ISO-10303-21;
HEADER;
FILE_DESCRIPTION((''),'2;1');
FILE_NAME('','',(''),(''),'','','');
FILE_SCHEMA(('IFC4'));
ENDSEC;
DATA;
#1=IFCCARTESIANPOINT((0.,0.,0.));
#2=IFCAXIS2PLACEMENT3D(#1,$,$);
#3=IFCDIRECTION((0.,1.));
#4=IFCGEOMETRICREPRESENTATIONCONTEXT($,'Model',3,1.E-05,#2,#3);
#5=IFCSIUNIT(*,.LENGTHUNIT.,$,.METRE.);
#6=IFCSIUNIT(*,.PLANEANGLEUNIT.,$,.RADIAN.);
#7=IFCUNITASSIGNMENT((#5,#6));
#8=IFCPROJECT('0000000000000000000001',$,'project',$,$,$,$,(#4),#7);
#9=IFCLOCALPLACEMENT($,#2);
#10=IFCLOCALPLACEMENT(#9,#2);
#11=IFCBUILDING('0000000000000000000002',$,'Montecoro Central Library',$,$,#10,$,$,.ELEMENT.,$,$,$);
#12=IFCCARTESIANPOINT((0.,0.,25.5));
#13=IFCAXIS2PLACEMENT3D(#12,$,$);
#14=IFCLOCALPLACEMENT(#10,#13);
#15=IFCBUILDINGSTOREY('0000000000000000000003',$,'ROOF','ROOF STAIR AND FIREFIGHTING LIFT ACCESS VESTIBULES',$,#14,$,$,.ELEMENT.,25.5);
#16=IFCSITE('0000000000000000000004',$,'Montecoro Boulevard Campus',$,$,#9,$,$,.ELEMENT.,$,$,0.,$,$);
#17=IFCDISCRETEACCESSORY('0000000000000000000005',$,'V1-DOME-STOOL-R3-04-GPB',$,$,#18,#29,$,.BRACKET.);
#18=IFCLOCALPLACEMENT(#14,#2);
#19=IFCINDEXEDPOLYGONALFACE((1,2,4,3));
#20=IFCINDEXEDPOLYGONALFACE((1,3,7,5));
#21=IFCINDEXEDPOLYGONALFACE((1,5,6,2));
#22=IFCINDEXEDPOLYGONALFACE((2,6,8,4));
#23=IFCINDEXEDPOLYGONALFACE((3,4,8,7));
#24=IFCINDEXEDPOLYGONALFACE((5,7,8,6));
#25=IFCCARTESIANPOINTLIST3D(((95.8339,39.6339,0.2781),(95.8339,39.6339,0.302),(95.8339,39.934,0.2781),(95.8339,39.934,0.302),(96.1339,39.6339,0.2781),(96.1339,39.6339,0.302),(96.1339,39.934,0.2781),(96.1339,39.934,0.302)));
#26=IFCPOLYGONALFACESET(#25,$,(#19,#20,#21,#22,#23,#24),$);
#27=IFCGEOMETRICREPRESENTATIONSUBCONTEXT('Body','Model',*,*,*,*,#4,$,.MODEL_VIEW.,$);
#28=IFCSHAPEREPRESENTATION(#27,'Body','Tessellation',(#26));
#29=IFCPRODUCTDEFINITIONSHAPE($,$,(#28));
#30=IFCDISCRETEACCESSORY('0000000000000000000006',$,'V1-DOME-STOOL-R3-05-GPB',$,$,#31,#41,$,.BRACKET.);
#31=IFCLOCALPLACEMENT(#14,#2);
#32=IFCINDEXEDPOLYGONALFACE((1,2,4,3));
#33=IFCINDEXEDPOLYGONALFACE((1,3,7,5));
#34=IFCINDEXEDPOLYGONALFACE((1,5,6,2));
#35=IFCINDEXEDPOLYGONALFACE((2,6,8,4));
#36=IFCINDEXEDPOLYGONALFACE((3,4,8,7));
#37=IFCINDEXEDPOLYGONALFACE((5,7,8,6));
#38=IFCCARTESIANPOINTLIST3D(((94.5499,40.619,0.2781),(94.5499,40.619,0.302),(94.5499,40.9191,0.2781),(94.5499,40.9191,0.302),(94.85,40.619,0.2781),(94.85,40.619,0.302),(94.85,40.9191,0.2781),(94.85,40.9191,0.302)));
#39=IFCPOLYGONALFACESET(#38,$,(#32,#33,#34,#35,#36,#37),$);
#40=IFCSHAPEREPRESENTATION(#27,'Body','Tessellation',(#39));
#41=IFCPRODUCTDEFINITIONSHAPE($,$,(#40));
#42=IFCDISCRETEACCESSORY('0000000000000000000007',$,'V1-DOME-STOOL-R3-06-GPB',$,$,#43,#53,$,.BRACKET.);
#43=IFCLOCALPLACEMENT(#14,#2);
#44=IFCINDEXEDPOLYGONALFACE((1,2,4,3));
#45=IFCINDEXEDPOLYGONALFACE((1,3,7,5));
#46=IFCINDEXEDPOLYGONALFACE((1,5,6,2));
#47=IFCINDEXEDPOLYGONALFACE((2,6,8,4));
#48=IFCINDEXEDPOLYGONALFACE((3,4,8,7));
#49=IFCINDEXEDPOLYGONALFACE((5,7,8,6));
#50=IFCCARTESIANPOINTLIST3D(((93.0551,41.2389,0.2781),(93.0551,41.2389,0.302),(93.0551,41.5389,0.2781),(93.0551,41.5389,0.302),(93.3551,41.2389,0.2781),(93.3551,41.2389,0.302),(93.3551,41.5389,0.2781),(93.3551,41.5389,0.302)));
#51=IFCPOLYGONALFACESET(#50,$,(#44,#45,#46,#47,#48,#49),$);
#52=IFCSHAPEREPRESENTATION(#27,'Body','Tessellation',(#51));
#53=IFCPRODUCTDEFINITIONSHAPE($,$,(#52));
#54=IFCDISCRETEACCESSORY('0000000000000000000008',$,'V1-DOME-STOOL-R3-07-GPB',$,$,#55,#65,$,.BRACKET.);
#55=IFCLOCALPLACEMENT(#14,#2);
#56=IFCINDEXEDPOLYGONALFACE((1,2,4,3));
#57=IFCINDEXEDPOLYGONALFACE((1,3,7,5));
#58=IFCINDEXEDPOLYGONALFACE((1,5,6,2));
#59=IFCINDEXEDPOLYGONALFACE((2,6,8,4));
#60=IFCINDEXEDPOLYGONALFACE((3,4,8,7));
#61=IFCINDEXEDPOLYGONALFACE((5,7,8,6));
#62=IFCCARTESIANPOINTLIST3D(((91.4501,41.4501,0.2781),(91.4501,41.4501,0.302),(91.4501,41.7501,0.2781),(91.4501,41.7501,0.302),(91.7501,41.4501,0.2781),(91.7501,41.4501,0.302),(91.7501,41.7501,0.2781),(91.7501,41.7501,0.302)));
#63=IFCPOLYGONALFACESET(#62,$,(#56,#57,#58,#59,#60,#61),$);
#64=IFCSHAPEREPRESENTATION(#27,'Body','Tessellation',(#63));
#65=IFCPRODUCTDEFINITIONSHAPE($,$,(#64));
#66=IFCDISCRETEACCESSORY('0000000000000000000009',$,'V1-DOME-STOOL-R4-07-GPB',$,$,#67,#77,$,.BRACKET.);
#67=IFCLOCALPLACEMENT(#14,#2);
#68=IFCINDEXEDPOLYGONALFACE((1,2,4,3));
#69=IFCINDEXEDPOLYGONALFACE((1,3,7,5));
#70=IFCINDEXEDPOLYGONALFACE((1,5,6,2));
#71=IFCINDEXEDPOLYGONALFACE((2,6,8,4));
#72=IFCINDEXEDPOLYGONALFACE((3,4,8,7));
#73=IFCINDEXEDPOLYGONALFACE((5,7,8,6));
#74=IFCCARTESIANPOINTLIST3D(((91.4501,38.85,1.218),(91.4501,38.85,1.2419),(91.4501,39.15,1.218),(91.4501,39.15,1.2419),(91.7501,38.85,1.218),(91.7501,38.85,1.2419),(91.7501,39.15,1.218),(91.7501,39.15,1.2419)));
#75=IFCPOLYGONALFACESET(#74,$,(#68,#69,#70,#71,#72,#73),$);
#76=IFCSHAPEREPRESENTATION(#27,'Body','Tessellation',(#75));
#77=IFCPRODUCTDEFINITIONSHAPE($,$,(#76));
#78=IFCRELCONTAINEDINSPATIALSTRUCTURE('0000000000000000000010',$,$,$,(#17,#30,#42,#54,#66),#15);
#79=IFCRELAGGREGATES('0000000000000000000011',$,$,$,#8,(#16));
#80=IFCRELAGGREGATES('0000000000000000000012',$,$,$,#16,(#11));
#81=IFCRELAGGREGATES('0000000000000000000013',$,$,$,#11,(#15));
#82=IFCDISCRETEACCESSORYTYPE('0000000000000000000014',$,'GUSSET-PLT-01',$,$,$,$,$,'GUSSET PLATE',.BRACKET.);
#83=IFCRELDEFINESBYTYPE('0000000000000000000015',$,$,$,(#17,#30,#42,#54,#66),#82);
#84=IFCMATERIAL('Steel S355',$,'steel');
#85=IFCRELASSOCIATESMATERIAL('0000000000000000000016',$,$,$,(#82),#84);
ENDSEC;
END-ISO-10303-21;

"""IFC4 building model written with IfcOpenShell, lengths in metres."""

from ifc_helpers import new_model, si_unit, direction, frame, origin, origin_2d, place, context, subcontext, project, spatial, rectangle, extrude, material, type_object, element, save


model = new_model("IFC4")

# Units and contexts
model_context = context("Model", 3, precision=1e-05, world=origin(), true_north=direction((0.0, 1.0)))
body_context = subcontext(model_context, "Body", "Model", "MODEL_VIEW")
ifc_project = project(units=[si_unit("LENGTHUNIT", "METRE"), si_unit("PLANEANGLEUNIT", "RADIAN")], contexts=[model_context])

# Site, building, storey
site_placement = place(None, origin())
site = spatial("IfcSite", under=ifc_project, at=site_placement, Name="Montecoro Boulevard Campus", CompositionType="ELEMENT", RefElevation=0.0)
building_placement = place(site_placement, origin())
building = spatial("IfcBuilding", under=site, at=building_placement, Name="Montecoro Central Library", CompositionType="ELEMENT")
storey_placement = place(building_placement, frame((0.0, 0.0, 25.5)))
storey = spatial("IfcBuildingStorey", under=building, at=storey_placement, Name="ROOF", Description="ROOF STAIR AND FIREFIGHTING LIFT ACCESS VESTIBULES", CompositionType="ELEMENT", Elevation=25.5)

# Shared definitions
ifc_material_1 = material(Name="Steel S355", Category="steel")

# Discrete accessories
discrete_accessory_type = type_object("IfcDiscreteAccessoryType", Name="GUSSET-PLT-01", ElementType="GUSSET PLATE", PredefinedType="BRACKET", material=ifc_material_1)
for number, where, z_axis, x_axis, name in (
    (1, (95.9839, 39.7839, 0.2781), (0.0, 0.0, 1.0), (1.0, 0.0, 0.0), "V1-DOME-STOOL-R3-04-GPB"),
    (2, (94.7, 40.769, 0.2781), (0.0, 0.0, 1.0), (1.0, 0.0, 0.0), "V1-DOME-STOOL-R3-05-GPB"),
    (3, (93.2051, 41.3889, 0.2781), (0.0, 0.0, 1.0), (1.0, 0.0, 0.0), "V1-DOME-STOOL-R3-06-GPB"),
    (4, (91.6001, 41.6001, 0.2781), (0.0, 0.0, 1.0), (1.0, 0.0, 0.0), "V1-DOME-STOOL-R3-07-GPB"),
    (5, (91.6001, 39.0, 1.218), (0.0, 0.0, 1.0), (1.0, 0.0, 0.0), "V1-DOME-STOOL-R4-07-GPB"),
):
    element("IfcDiscreteAccessory", number, at=place(storey_placement, frame(where, z_axis=z_axis, x_axis=x_axis)), inside=storey, type_object=discrete_accessory_type, Name=name, PredefinedType="BRACKET", context=body_context, shape_type="SweptSolid", body=[
        extrude(rectangle(XDim=0.3, YDim=0.3, at=origin_2d()), origin(), (0.0, 0.0, 1.0), 0.0239),
    ])

save(model, "model.ifc")
